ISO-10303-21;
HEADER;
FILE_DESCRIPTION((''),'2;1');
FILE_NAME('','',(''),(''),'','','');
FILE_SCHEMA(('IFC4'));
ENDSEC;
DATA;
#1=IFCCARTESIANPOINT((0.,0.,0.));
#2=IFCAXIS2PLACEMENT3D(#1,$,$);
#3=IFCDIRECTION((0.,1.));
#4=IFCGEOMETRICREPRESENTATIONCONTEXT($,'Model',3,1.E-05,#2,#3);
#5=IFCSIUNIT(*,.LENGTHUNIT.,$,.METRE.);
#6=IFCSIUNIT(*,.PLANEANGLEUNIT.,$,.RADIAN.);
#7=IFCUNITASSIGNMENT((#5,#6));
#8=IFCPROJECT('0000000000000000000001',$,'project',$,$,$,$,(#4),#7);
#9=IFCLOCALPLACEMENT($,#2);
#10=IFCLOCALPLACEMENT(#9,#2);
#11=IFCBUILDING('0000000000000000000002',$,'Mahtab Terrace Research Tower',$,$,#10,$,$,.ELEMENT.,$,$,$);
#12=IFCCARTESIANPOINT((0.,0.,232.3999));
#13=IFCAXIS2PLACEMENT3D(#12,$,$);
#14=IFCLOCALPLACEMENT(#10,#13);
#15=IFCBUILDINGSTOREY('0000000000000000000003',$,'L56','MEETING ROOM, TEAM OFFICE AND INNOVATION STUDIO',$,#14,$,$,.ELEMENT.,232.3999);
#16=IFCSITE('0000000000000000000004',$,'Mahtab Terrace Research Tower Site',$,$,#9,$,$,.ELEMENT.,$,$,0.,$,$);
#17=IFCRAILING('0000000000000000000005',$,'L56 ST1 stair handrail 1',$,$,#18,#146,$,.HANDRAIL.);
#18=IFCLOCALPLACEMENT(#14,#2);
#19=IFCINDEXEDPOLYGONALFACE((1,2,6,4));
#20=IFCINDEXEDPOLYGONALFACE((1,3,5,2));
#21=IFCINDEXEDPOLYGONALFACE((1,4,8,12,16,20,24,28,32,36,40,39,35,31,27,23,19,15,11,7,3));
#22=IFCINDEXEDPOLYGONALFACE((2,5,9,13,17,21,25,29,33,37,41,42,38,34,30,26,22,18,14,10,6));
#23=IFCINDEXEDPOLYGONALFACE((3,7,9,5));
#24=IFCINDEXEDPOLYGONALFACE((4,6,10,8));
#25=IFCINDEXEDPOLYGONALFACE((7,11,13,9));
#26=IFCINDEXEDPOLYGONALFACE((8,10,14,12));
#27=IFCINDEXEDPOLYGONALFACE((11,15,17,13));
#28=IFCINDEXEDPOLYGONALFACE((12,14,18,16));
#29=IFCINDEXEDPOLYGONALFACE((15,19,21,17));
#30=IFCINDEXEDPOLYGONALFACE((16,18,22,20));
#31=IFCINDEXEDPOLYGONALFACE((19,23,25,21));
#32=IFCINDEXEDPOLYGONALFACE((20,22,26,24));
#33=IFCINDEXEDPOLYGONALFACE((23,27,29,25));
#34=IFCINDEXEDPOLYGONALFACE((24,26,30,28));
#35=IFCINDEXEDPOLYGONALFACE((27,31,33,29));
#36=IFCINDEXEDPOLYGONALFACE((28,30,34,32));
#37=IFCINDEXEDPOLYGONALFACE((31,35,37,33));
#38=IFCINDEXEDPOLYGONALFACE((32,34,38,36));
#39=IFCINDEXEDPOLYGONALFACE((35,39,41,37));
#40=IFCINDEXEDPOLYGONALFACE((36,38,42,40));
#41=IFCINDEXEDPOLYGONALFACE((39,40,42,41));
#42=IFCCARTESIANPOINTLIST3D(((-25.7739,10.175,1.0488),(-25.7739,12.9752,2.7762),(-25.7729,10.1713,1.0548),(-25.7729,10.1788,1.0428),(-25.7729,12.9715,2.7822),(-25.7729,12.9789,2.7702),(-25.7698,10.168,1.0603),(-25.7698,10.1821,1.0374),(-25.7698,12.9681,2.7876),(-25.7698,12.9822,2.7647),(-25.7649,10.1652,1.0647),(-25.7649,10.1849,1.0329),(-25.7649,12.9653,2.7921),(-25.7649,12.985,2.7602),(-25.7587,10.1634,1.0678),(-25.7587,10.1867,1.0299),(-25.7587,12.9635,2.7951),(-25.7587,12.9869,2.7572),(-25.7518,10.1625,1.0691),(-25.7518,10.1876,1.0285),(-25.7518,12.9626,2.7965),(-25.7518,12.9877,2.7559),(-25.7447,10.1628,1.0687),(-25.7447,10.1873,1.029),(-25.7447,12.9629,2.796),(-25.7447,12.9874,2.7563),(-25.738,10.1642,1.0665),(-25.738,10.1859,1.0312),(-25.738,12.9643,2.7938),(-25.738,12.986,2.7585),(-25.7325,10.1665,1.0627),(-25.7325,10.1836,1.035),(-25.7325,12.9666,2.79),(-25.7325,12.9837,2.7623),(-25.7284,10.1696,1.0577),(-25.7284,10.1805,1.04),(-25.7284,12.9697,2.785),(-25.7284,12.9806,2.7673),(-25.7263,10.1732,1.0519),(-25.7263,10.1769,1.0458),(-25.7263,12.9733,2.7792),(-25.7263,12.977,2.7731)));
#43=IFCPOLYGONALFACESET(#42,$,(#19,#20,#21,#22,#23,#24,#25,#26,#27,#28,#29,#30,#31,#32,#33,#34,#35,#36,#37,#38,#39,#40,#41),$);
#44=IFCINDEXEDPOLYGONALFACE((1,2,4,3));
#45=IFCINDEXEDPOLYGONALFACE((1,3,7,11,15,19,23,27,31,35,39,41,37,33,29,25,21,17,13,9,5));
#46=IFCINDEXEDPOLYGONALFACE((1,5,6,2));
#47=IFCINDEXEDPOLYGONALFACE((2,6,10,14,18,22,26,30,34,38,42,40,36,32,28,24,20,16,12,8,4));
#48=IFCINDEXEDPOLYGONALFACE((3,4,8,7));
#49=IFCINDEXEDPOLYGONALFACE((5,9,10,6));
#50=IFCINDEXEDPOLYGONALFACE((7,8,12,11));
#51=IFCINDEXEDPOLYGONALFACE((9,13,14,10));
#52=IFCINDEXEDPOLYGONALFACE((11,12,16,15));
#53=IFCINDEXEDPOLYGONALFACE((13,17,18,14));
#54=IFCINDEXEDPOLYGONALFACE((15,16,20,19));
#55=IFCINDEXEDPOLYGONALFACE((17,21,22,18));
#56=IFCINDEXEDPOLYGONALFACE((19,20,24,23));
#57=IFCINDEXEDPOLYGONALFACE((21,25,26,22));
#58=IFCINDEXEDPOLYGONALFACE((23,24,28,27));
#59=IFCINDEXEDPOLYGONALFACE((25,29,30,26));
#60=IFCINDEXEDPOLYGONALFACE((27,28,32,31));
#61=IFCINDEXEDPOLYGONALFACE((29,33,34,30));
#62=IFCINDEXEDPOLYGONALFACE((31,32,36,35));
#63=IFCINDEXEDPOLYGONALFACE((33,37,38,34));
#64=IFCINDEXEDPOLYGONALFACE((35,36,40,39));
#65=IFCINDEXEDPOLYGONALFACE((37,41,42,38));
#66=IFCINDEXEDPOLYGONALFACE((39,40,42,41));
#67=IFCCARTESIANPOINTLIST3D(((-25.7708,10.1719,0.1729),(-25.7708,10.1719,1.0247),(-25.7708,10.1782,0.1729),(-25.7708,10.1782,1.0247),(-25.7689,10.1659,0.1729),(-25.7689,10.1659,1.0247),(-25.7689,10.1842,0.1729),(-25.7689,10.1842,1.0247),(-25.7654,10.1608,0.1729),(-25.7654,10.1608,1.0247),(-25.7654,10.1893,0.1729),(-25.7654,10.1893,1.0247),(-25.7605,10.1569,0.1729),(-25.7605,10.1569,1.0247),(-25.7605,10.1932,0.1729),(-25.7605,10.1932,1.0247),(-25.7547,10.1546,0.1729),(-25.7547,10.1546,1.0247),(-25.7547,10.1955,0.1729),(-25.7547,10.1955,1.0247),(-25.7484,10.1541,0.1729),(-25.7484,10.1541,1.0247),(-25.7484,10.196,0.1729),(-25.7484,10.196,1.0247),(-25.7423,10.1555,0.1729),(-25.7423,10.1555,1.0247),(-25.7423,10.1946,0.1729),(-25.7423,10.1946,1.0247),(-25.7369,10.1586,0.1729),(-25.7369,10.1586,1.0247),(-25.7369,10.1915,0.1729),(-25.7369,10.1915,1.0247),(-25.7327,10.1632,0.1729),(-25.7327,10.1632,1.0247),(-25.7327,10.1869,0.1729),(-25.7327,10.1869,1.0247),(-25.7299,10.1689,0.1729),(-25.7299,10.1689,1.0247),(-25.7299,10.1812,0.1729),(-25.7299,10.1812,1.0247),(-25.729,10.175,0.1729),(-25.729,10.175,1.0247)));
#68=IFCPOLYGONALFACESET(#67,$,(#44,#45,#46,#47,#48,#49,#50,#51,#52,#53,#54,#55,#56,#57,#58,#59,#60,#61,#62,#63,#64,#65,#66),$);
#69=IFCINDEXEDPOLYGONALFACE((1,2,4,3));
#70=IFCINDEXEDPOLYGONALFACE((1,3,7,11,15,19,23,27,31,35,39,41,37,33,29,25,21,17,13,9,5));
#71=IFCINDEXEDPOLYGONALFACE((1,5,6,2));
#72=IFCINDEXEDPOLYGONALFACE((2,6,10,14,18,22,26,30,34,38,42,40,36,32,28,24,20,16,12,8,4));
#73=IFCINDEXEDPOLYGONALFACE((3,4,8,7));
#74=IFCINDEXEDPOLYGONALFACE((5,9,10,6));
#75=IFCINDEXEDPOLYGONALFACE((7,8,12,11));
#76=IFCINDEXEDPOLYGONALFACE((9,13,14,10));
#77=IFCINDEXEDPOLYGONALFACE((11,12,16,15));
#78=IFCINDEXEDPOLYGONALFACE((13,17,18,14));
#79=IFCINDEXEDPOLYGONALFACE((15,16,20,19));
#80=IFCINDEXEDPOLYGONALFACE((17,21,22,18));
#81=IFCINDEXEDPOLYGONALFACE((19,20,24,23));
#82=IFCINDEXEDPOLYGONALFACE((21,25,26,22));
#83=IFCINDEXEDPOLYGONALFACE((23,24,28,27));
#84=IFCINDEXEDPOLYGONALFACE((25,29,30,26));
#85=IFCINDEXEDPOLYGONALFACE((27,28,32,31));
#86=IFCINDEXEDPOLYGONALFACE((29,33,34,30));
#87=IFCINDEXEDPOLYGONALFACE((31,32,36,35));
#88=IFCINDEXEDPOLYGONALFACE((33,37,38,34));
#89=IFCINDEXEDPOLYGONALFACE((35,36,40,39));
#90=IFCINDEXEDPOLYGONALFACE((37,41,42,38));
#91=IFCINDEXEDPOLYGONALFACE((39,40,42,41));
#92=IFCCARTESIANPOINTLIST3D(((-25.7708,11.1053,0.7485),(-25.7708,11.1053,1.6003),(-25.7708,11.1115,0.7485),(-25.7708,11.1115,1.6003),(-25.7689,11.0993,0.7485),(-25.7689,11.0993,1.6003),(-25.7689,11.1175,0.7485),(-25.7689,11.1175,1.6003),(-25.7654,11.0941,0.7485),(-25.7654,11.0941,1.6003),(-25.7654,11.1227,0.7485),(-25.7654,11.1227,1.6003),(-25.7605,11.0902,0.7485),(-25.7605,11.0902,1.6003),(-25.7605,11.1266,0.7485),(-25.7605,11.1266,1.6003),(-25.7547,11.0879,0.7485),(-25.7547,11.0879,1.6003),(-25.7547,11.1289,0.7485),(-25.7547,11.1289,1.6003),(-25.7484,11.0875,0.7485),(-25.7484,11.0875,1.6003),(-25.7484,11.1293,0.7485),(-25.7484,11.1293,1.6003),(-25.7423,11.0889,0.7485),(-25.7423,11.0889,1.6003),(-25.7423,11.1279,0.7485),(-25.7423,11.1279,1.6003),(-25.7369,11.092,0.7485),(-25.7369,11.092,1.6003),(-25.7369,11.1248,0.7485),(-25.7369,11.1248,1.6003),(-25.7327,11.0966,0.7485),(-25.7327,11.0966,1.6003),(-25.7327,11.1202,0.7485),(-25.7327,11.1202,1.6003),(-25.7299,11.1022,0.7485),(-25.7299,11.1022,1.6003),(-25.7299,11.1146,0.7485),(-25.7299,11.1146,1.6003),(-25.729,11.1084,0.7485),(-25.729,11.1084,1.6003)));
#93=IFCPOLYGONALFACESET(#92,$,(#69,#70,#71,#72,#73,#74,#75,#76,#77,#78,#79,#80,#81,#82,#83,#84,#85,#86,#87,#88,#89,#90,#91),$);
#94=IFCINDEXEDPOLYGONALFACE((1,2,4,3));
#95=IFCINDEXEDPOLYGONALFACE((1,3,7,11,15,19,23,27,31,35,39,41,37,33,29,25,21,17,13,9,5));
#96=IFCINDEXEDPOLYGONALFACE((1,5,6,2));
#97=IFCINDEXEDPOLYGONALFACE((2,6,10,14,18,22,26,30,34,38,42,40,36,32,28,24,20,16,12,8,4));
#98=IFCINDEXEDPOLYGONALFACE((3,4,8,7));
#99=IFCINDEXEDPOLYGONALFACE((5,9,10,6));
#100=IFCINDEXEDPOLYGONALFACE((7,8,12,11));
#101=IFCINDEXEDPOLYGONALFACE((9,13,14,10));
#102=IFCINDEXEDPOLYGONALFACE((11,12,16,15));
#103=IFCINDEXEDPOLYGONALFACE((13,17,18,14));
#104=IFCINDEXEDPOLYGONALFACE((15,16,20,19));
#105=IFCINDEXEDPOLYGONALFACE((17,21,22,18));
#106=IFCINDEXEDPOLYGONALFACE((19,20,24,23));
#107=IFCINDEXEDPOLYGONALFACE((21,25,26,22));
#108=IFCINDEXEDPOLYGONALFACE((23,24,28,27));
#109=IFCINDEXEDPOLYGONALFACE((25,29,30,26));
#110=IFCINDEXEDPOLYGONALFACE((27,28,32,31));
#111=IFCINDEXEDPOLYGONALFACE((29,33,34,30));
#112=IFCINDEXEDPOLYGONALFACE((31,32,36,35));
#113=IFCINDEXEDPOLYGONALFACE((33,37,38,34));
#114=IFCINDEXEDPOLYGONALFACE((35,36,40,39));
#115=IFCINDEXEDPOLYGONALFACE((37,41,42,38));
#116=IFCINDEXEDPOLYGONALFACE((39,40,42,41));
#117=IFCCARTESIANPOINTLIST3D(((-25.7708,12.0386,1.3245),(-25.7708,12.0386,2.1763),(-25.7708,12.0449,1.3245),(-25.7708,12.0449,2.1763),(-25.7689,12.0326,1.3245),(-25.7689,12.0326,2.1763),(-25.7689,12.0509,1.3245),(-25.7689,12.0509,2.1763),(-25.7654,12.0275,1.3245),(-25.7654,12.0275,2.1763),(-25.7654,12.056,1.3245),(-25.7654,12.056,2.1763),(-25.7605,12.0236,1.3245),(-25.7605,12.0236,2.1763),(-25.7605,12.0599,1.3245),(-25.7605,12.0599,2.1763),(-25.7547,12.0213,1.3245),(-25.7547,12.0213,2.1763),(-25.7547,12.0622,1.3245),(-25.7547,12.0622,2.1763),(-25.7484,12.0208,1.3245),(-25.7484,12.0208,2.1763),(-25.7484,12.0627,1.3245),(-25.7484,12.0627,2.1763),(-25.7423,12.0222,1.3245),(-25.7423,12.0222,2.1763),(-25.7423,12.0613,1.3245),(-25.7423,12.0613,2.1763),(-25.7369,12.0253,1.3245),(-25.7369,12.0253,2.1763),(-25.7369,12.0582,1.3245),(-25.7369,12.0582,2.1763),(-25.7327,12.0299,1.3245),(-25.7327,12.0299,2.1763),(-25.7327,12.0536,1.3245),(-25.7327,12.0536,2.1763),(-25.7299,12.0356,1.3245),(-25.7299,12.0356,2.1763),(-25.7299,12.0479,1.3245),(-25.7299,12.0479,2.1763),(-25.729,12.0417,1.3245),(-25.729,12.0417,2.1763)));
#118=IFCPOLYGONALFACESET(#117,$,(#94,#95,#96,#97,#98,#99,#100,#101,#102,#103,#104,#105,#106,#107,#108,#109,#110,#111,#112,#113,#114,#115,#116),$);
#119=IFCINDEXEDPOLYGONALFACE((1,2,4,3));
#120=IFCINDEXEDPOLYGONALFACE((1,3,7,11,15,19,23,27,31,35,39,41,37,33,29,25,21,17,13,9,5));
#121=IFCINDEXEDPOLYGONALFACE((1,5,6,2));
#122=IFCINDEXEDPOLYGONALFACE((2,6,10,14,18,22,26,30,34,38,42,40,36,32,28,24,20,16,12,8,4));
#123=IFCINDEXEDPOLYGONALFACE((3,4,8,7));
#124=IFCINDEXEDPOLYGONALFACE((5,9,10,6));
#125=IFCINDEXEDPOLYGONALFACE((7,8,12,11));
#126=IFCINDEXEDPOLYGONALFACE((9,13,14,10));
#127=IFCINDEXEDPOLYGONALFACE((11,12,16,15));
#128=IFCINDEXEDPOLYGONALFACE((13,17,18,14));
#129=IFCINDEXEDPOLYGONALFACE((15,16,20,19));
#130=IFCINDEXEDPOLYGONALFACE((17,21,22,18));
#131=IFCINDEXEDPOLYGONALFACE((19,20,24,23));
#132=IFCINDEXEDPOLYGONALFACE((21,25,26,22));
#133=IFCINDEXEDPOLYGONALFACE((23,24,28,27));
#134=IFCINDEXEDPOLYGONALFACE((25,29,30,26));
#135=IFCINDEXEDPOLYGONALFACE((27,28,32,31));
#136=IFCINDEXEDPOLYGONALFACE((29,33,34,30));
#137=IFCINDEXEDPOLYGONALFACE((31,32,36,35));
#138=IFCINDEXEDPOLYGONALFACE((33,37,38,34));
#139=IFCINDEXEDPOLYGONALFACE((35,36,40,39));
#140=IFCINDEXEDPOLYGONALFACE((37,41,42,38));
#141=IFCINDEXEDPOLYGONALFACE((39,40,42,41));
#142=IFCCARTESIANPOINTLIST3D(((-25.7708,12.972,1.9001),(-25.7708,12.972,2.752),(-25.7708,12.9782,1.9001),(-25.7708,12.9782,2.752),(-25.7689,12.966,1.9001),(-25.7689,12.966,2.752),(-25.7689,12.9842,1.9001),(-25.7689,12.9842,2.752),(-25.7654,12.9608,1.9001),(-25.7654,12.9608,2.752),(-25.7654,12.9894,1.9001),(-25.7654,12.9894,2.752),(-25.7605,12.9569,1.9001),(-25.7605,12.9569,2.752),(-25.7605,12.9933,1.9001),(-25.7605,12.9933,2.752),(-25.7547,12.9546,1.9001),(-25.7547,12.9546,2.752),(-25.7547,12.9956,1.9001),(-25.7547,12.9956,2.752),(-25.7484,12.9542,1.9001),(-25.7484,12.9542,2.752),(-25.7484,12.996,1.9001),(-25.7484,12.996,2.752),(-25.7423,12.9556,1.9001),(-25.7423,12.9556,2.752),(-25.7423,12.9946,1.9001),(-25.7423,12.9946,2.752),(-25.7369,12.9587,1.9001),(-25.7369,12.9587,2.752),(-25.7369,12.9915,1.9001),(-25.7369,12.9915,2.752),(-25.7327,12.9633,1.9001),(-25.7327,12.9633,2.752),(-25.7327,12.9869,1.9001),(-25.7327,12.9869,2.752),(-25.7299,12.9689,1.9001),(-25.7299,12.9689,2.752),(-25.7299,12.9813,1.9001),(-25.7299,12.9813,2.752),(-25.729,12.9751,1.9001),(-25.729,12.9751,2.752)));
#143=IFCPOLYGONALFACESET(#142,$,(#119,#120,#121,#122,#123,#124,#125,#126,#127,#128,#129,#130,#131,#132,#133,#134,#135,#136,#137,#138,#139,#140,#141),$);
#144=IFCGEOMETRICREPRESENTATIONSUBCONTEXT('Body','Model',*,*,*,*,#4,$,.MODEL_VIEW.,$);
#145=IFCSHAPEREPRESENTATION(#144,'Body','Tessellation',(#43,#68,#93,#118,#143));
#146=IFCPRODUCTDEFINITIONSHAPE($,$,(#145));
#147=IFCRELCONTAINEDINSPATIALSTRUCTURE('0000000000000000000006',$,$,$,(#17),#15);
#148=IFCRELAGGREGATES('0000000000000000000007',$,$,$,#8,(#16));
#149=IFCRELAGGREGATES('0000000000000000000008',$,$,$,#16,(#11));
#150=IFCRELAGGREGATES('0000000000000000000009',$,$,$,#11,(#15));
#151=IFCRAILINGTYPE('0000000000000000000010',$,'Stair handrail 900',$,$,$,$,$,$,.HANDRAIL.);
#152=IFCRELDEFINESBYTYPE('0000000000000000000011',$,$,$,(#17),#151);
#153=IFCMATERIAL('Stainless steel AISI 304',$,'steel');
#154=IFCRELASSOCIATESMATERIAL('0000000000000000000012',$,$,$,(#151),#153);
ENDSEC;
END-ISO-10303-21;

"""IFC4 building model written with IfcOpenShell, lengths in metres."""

from ifc_helpers import new_model, si_unit, direction, frame, origin, origin_2d, place, context, subcontext, project, spatial, circle, extrude, material, type_object, element, save


model = new_model("IFC4")

# Units and contexts
model_context = context("Model", 3, precision=1e-05, world=origin(), true_north=direction((0.0, 1.0)))
body_context = subcontext(model_context, "Body", "Model", "MODEL_VIEW")
ifc_project = project(units=[si_unit("LENGTHUNIT", "METRE"), si_unit("PLANEANGLEUNIT", "RADIAN")], contexts=[model_context])

# Site, building, storey
site_placement = place(None, origin())
site = spatial("IfcSite", under=ifc_project, at=site_placement, Name="Mahtab Terrace Research Tower Site", CompositionType="ELEMENT", RefElevation=0.0)
building_placement = place(site_placement, origin())
building = spatial("IfcBuilding", under=site, at=building_placement, Name="Mahtab Terrace Research Tower", CompositionType="ELEMENT")
storey_placement = place(building_placement, frame((0.0, 0.0, 232.3999)))
storey = spatial("IfcBuildingStorey", under=building, at=storey_placement, Name="L56", Description="MEETING ROOM, TEAM OFFICE AND INNOVATION STUDIO", CompositionType="ELEMENT", Elevation=232.3999)

# Railing
ifc_material_1 = material(Name="Stainless steel AISI 304", Category="steel")
railing_type_1 = type_object("IfcRailingType", Name="Stair handrail 900", PredefinedType="HANDRAIL", material=ifc_material_1)
railing_1_placement = place(storey_placement, frame((-25.75, 10.175, 0.1729)))
element("IfcRailing", 1, at=railing_1_placement, inside=storey, type_object=railing_type_1, Name="L56 ST1 stair handrail 1", PredefinedType="HANDRAIL", context=body_context, shape_type="SweptSolid", body=[
    extrude(circle(Radius=0.0239, at=origin_2d()), frame((0.0, 0.0, 0.876), z_axis=(0.0, 0.85109, 0.52502), x_axis=(-1.0, 0.0, 0.0)), (0.0, 0.0, 1.0), 3.29),
    extrude(circle(Radius=0.021, at=origin_2d()), origin(), (0.0, 0.0, 1.0), 0.8518),
    extrude(circle(Radius=0.021, at=origin_2d()), frame((0.0, 0.9333, 0.5757)), (0.0, 0.0, 1.0), 0.8518),
    extrude(circle(Radius=0.021, at=origin_2d()), frame((0.0, 1.8667, 1.1516)), (0.0, 0.0, 1.0), 0.8518),
    extrude(circle(Radius=0.021, at=origin_2d()), frame((0.0, 2.8, 1.7273)), (0.0, 0.0, 1.0), 0.8518),
])

save(model, "model.ifc")
